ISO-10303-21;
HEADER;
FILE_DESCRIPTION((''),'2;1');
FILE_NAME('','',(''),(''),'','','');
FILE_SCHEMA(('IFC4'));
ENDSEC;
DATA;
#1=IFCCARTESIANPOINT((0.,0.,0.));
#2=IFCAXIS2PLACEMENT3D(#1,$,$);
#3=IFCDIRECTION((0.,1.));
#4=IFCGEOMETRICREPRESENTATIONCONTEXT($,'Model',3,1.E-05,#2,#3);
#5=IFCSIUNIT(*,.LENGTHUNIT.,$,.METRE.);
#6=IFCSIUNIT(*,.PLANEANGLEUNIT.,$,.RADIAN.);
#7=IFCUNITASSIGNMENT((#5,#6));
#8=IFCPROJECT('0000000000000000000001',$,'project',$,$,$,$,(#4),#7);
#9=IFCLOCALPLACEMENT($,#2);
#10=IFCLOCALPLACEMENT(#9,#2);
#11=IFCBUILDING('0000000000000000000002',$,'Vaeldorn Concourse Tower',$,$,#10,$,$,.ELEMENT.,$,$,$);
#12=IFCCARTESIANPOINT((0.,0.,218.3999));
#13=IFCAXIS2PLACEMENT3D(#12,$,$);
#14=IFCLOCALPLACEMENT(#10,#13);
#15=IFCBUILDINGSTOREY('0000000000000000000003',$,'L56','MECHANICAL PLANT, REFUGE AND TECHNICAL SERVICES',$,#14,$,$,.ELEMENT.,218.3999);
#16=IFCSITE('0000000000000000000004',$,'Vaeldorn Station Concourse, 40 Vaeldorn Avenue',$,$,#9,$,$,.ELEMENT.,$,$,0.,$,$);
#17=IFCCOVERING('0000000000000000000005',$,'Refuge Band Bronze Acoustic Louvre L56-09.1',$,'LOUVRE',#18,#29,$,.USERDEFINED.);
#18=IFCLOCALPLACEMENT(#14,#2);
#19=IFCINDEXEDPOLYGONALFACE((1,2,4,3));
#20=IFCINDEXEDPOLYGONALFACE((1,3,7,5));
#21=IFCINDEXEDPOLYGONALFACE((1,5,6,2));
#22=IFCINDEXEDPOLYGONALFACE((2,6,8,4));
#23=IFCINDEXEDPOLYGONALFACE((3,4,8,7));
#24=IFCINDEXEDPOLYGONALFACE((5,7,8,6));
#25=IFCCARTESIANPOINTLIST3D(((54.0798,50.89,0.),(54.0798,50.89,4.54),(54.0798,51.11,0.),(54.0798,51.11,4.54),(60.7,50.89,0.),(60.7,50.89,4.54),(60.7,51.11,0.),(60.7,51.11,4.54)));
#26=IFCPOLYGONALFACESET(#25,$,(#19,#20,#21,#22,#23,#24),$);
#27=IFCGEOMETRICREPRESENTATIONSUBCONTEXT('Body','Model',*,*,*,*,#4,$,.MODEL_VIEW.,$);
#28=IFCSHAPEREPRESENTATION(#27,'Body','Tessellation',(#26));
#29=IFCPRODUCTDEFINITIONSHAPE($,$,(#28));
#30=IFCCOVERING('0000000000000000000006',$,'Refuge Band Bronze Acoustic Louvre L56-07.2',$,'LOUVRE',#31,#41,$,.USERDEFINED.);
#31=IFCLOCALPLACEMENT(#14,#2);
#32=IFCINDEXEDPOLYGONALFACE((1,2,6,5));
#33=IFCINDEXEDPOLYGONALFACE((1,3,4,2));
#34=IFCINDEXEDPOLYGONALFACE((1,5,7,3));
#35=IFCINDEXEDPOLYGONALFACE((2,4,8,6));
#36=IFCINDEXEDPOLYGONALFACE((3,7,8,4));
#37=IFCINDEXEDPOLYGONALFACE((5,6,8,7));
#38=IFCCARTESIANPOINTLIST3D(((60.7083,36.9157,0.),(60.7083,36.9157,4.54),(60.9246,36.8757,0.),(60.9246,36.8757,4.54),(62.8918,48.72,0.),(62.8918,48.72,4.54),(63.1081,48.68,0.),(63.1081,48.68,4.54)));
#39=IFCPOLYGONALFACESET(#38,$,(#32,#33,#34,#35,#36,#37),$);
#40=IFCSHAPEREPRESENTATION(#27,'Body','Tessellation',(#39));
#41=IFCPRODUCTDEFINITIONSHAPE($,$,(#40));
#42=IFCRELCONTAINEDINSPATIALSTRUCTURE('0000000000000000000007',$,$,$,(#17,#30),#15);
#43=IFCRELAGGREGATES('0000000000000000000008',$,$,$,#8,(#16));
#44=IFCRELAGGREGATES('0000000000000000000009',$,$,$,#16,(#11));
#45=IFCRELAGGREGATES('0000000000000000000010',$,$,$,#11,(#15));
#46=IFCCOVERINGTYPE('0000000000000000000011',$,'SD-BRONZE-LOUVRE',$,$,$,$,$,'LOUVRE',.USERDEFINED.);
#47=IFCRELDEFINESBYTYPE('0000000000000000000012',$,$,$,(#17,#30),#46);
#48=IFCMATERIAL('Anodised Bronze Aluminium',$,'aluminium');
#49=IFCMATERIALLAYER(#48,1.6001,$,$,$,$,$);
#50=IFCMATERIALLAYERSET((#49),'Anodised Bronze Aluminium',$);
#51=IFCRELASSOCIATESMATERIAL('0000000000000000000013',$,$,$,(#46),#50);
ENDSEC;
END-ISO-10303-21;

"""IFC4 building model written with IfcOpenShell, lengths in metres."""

from ifc_helpers import new_model, si_unit, direction, frame, origin, origin_2d, place, context, subcontext, project, spatial, rectangle, extrude, source, transform, mapped, material, layer, layer_set, type_object, element, save


model = new_model("IFC4")

# Units and contexts
model_context = context("Model", 3, precision=1e-05, world=origin(), true_north=direction((0.0, 1.0)))
body_context = subcontext(model_context, "Body", "Model", "MODEL_VIEW")
ifc_project = project(units=[si_unit("LENGTHUNIT", "METRE"), si_unit("PLANEANGLEUNIT", "RADIAN")], contexts=[model_context])

# Site, building, storey
site_placement = place(None, origin())
site = spatial("IfcSite", under=ifc_project, at=site_placement, Name="Vaeldorn Station Concourse, 40 Vaeldorn Avenue", CompositionType="ELEMENT", RefElevation=0.0)
building_placement = place(site_placement, origin())
building = spatial("IfcBuilding", under=site, at=building_placement, Name="Vaeldorn Concourse Tower", CompositionType="ELEMENT")
storey_placement = place(building_placement, frame((0.0, 0.0, 218.3999)))
storey = spatial("IfcBuildingStorey", under=building, at=storey_placement, Name="L56", Description="MECHANICAL PLANT, REFUGE AND TECHNICAL SERVICES", CompositionType="ELEMENT", Elevation=218.3999)

# Shared definitions
ifc_material_1 = material(Name="Anodised Bronze Aluminium", Category="aluminium")

# Coverings
ifc_layer_1 = layer(ifc_material_1, 1.6001)
ifc_layer_set_1 = layer_set([ifc_layer_1], Name="Anodised Bronze Aluminium")
covering_type = type_object("IfcCoveringType", Name="SD-BRONZE-LOUVRE", ElementType="LOUVRE", PredefinedType="USERDEFINED", material=ifc_layer_set_1)
shared_shape_1 = source(origin(), body_context, "Body", "SweptSolid", [
    extrude(rectangle(XDim=6.6201, YDim=0.22, at=origin_2d()), origin(), (0.0, 0.0, 1.0), 4.54),
])
covering_1_placement = place(storey_placement, frame((57.3899, 51.0, 0.0), z_axis=(0.0, 0.0, 1.0), x_axis=(-1.0, 0.0, 0.0)))
element("IfcCovering", 1, at=covering_1_placement, inside=storey, type_object=covering_type, Name="Refuge Band Bronze Acoustic Louvre L56-09.1", ObjectType="LOUVRE", PredefinedType="USERDEFINED", context=body_context, shape_type="MappedRepresentation", body=[
    mapped(shared_shape_1, transform((0.0, 0.0, 0.0), scale=1.0)),
])
shared_shape_2 = source(origin(), body_context, "Body", "SweptSolid", [
    extrude(rectangle(XDim=12.0046, YDim=0.22, at=origin_2d()), origin(), (0.0, 0.0, 1.0), 4.54),
])
covering_2_placement = place(storey_placement, frame((61.9082, 42.7979, 0.0), z_axis=(0.0, 0.0, 1.0), x_axis=(0.181892, 0.983318, 0.0)))
element("IfcCovering", 2, at=covering_2_placement, inside=storey, type_object=covering_type, Name="Refuge Band Bronze Acoustic Louvre L56-07.2", ObjectType="LOUVRE", PredefinedType="USERDEFINED", context=body_context, shape_type="MappedRepresentation", body=[
    mapped(shared_shape_2, transform((0.0, 0.0, 0.0), scale=1.0)),
])

save(model, "model.ifc")
